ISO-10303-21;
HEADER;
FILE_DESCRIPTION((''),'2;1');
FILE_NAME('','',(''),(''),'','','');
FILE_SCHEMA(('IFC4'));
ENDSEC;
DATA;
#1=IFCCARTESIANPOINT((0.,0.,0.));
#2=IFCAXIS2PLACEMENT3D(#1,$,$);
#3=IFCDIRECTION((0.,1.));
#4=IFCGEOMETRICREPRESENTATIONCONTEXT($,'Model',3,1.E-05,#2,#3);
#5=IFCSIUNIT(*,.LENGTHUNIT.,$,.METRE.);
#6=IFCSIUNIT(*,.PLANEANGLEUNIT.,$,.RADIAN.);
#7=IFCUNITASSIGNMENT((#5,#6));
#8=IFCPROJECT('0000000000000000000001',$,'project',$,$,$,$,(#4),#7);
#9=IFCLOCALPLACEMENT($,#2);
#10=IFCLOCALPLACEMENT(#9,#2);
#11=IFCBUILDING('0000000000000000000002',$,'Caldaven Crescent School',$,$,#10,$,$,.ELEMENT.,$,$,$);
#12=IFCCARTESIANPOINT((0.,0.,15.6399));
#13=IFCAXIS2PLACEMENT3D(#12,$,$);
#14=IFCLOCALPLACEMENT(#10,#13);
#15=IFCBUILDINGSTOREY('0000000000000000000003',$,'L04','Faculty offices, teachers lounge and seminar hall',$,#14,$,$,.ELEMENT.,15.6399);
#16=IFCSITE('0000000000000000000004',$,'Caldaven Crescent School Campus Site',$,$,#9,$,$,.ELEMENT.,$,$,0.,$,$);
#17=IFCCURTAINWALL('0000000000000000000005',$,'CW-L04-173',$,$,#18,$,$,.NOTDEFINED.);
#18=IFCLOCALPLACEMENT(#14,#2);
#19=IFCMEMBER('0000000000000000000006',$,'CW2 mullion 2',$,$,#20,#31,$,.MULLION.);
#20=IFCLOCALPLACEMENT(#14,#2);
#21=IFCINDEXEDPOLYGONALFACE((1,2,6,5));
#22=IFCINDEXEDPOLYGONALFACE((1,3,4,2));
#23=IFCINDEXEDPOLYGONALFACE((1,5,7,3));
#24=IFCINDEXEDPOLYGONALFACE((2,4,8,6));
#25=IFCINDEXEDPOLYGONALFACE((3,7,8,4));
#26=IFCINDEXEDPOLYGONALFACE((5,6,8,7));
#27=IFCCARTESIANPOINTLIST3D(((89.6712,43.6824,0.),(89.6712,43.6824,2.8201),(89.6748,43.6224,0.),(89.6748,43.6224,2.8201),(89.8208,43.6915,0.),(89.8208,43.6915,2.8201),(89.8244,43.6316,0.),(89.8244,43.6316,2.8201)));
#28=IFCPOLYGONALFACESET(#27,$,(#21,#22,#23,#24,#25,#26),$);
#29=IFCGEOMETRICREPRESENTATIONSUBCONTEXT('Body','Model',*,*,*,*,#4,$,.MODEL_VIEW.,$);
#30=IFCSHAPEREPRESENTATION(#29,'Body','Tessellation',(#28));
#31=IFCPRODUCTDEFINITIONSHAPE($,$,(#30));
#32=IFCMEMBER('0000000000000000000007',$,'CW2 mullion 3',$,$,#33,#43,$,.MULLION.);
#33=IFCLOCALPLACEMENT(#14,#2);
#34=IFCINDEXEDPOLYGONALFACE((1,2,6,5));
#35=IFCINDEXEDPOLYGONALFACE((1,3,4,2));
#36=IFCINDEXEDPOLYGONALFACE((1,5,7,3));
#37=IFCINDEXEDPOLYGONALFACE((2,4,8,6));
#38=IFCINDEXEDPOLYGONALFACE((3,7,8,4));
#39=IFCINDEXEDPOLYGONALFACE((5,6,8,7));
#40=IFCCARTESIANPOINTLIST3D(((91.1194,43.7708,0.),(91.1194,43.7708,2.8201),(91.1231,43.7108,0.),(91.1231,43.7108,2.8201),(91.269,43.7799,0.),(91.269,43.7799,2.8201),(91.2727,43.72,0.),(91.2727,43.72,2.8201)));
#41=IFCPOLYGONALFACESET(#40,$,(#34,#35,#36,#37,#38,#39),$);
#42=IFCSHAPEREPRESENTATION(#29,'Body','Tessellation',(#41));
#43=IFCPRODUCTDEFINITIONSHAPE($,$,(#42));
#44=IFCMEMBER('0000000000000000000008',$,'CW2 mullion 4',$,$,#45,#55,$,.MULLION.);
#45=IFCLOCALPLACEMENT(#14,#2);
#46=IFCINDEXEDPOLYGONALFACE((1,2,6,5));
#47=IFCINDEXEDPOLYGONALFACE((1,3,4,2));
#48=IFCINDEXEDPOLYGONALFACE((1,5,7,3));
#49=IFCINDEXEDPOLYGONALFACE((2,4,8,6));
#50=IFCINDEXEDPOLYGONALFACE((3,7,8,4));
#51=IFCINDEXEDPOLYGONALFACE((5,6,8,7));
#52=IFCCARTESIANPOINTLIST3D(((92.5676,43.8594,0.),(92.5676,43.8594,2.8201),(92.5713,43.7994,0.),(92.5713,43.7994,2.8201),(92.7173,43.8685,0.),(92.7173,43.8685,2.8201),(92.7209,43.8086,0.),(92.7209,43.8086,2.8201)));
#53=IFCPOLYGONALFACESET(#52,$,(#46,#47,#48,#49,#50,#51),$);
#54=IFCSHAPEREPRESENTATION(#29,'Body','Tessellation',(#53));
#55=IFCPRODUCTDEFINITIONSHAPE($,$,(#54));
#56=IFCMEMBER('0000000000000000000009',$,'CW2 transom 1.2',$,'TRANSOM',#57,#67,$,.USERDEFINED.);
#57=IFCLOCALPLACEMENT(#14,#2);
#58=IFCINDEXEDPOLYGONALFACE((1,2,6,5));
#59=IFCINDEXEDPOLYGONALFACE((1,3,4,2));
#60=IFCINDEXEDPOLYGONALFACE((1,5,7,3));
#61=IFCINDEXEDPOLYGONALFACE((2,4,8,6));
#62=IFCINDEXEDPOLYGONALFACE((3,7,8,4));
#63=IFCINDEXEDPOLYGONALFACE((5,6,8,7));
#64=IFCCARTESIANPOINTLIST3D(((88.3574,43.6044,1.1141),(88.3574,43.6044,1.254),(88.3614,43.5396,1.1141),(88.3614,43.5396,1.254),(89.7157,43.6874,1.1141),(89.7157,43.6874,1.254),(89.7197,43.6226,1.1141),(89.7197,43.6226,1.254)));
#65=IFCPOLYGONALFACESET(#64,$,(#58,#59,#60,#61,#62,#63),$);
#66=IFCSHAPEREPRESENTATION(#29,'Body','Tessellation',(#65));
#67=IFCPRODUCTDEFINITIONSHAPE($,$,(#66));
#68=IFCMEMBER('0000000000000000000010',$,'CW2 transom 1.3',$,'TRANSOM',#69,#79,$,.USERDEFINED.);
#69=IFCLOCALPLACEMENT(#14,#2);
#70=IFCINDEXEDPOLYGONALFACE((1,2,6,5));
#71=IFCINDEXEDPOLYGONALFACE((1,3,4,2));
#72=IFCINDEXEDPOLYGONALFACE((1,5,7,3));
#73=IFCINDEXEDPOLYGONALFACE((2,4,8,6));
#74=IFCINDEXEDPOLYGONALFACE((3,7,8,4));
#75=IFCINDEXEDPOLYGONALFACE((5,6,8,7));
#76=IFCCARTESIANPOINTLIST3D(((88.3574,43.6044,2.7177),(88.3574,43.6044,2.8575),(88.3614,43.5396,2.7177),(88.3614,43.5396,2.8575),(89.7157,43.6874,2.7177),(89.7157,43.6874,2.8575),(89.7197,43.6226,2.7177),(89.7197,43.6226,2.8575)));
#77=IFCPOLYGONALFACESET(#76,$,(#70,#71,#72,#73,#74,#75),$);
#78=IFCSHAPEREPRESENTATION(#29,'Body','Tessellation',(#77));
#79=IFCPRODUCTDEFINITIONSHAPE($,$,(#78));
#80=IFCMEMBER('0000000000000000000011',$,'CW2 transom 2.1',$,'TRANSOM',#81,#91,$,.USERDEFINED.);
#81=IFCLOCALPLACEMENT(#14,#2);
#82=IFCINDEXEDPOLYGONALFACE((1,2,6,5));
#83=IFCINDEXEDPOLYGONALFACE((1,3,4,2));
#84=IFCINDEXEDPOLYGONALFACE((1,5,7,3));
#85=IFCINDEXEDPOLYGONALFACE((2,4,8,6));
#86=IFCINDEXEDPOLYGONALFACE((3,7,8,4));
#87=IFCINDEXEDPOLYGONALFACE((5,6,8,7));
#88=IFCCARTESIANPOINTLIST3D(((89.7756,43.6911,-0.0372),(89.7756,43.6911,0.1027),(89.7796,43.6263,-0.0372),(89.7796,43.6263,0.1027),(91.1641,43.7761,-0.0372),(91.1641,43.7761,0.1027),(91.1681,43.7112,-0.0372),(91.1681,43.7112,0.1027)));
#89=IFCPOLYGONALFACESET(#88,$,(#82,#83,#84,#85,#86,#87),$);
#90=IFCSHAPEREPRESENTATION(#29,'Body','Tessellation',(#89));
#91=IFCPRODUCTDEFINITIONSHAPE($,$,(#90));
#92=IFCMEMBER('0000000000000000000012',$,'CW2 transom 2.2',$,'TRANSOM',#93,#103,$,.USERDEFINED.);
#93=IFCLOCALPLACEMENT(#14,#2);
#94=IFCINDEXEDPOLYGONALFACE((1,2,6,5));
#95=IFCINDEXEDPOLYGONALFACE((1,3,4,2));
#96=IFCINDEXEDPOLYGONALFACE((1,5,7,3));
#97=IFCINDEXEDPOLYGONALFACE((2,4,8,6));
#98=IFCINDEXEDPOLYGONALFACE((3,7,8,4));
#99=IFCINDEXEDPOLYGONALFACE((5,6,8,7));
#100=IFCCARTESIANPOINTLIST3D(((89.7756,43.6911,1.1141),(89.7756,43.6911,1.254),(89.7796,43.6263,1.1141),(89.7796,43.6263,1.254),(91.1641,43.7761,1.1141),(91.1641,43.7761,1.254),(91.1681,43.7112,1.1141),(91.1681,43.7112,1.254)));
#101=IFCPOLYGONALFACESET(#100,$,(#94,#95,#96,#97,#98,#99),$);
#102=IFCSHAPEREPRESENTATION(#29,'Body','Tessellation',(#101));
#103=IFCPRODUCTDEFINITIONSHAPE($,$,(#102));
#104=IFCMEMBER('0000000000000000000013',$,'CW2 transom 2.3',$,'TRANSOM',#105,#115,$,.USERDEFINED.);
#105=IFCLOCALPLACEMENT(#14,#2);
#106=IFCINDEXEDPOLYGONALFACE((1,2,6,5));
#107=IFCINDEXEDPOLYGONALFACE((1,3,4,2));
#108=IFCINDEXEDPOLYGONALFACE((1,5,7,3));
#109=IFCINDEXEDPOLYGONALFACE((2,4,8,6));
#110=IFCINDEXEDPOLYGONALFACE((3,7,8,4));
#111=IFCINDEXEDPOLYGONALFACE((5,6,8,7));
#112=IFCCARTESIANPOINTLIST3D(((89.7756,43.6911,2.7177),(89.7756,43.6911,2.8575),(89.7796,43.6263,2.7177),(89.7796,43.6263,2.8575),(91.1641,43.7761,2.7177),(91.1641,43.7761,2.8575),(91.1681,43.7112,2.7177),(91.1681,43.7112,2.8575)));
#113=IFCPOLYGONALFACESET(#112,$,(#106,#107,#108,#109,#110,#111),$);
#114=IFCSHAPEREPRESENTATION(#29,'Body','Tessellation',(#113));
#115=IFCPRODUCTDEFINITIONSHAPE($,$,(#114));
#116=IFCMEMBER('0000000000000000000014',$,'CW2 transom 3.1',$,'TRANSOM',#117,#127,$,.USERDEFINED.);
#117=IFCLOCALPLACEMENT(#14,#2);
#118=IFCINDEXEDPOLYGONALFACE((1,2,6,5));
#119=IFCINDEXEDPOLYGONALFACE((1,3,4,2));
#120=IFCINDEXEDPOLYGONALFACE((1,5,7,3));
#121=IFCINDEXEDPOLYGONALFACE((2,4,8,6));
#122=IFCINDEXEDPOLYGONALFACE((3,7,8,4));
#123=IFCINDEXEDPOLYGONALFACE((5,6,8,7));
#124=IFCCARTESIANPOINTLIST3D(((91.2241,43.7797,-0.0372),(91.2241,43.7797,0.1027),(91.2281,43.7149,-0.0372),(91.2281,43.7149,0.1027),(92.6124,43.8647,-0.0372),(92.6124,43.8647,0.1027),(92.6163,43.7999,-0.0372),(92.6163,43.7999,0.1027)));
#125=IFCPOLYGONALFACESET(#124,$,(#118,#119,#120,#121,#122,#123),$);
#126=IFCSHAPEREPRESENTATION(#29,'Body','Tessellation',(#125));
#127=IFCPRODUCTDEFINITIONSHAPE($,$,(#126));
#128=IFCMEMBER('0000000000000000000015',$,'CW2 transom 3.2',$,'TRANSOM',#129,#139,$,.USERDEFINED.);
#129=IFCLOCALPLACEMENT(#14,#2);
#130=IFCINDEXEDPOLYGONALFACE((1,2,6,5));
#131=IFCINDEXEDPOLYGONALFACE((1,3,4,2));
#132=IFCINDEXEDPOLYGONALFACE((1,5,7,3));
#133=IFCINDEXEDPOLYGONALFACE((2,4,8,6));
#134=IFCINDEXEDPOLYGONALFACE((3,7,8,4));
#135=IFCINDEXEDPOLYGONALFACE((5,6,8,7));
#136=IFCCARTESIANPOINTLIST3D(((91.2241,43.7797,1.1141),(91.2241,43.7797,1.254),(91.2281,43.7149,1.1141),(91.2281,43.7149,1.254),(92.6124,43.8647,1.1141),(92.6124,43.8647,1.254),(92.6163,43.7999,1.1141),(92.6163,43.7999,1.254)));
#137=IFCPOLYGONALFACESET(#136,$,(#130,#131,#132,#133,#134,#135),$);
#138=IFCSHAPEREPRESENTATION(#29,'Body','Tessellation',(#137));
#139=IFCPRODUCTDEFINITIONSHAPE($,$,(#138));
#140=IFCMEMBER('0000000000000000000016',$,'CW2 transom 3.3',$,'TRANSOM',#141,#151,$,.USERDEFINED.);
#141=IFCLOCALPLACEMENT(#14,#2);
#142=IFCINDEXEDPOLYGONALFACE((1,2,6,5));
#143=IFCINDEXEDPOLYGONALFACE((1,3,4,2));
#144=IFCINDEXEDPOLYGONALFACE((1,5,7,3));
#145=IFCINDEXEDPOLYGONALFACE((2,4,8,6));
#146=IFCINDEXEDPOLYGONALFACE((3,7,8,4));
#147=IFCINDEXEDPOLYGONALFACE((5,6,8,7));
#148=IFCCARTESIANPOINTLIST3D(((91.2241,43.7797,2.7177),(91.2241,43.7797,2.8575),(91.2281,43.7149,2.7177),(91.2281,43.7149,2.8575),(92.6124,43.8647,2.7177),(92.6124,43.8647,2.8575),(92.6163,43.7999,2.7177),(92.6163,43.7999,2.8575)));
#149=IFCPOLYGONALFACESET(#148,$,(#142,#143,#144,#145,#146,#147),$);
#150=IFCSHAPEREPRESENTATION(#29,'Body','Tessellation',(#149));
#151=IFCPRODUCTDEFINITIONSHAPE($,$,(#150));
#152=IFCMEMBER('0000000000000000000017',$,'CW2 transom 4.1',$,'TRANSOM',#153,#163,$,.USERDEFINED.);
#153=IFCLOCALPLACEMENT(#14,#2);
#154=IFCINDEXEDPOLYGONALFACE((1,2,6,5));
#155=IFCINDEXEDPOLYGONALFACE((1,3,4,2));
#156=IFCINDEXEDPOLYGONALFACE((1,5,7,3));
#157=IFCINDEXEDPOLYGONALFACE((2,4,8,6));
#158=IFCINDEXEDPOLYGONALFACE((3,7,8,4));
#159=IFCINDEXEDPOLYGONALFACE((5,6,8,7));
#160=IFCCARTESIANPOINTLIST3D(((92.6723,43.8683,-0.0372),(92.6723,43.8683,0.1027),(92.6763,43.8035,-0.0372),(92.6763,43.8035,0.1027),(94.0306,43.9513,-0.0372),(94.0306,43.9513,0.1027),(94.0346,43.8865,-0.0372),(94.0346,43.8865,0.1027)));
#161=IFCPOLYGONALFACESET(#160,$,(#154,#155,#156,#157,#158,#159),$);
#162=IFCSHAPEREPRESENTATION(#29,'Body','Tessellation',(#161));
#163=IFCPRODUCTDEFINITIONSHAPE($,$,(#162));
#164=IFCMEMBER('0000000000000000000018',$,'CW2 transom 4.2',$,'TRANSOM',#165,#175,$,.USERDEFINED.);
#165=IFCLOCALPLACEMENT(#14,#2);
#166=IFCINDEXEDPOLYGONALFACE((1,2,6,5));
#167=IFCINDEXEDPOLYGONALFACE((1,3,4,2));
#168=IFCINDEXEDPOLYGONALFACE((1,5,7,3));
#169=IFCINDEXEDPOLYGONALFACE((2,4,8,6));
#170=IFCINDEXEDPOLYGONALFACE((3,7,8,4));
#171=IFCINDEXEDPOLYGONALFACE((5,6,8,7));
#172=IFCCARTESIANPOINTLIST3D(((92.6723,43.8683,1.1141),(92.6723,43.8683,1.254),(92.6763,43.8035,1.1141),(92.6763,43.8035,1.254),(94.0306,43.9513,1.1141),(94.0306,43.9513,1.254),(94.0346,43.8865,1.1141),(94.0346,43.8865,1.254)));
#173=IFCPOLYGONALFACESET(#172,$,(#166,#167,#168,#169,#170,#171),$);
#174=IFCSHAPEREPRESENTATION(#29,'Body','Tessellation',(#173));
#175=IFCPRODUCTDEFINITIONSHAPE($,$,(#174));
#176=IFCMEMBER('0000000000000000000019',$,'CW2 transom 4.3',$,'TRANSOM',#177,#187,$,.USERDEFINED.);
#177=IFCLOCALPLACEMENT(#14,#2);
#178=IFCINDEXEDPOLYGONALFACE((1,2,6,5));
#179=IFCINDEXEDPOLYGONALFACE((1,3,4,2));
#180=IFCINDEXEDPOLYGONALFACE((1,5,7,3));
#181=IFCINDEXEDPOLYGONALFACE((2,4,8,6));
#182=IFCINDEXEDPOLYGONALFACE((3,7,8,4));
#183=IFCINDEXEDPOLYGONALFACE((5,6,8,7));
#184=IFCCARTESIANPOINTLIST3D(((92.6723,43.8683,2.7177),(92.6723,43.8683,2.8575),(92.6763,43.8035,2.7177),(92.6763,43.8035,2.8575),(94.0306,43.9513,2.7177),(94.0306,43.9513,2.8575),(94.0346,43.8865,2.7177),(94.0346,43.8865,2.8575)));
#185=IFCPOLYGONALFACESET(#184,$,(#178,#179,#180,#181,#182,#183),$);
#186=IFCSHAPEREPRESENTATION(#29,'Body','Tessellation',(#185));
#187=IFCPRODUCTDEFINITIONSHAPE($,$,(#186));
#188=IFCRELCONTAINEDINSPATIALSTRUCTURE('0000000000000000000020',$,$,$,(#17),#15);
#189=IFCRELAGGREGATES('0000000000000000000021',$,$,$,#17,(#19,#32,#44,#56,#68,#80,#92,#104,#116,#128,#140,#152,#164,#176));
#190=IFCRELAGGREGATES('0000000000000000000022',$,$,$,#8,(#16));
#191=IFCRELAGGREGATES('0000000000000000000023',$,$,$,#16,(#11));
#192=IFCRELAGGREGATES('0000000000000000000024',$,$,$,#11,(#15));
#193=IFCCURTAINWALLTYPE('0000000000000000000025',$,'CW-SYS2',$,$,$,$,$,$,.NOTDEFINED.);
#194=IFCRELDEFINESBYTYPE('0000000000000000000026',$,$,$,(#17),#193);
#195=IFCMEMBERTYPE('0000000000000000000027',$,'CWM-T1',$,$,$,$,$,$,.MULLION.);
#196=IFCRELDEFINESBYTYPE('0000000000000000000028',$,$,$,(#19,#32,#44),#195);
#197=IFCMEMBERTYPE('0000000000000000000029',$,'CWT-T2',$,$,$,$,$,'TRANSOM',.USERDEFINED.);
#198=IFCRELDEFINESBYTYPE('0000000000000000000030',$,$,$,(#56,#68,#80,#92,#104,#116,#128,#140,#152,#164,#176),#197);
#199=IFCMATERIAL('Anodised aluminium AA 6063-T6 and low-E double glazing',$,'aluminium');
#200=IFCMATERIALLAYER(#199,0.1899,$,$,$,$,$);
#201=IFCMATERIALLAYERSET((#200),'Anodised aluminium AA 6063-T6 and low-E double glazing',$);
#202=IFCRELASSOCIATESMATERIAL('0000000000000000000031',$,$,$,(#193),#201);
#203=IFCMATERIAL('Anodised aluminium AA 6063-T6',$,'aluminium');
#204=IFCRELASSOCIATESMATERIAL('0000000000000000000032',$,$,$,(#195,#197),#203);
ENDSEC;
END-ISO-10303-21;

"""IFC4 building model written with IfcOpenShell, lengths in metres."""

from ifc_helpers import new_model, si_unit, direction, frame, origin, origin_2d, place, context, subcontext, project, spatial, rectangle, extrude, material, layer, layer_set, material_profile, profile_set, type_object, element, aggregate, save


model = new_model("IFC4")

# Units and contexts
model_context = context("Model", 3, precision=1e-05, world=origin(), true_north=direction((0.0, 1.0)))
body_context = subcontext(model_context, "Body", "Model", "MODEL_VIEW")
ifc_project = project(units=[si_unit("LENGTHUNIT", "METRE"), si_unit("PLANEANGLEUNIT", "RADIAN")], contexts=[model_context])

# Site, building, storey
site_placement = place(None, origin())
site = spatial("IfcSite", under=ifc_project, at=site_placement, Name="Caldaven Crescent School Campus Site", CompositionType="ELEMENT", RefElevation=0.0)
building_placement = place(site_placement, origin())
building = spatial("IfcBuilding", under=site, at=building_placement, Name="Caldaven Crescent School", CompositionType="ELEMENT")
storey_placement = place(building_placement, frame((0.0, 0.0, 15.6399)))
storey = spatial("IfcBuildingStorey", under=building, at=storey_placement, Name="L04", Description="Faculty offices, teachers lounge and seminar hall", CompositionType="ELEMENT", Elevation=15.6399)

# Curtain wall, members
ifc_material_1 = material(Name="Anodised aluminium AA 6063-T6 and low-E double glazing", Category="aluminium")
ifc_layer_1 = layer(ifc_material_1, 0.1899)
ifc_layer_set_1 = layer_set([ifc_layer_1], Name="Anodised aluminium AA 6063-T6 and low-E double glazing")
curtain_wall_type = type_object("IfcCurtainWallType", Name="CW-SYS2", PredefinedType="NOTDEFINED", material=ifc_layer_set_1)
curtain_wall_placement = place(storey_placement, origin())
curtain_wall = element("IfcCurtainWall", 1, at=curtain_wall_placement, inside=storey, type_object=curtain_wall_type, Name="CW-L04-173", PredefinedType="NOTDEFINED")
ifc_material_2 = material(Name="Anodised aluminium AA 6063-T6", Category="aluminium")
ifc_material_profile_1 = material_profile(ifc_material_2, rectangle(XDim=0.0601, YDim=0.1499, at=origin_2d()), Name="CWM 60x150")
ifc_profile_set_1 = profile_set([ifc_material_profile_1], Name="Anodised aluminium AA 6063-T6")
member_type_1 = type_object("IfcMemberType", Name="CWM-T1", PredefinedType="MULLION", material=ifc_profile_set_1)
member_1_placement = place(storey_placement, frame((89.7478, 43.657, 0.0), z_axis=(0.0, 0.0, 1.0), x_axis=(-0.061049, 0.998135, 0.0)))
member_1 = element("IfcMember", 2, at=member_1_placement, type_object=member_type_1, Name="CW2 mullion 2", PredefinedType="MULLION", context=body_context, shape_type="SweptSolid", body=[
    extrude(rectangle(XDim=0.0601, YDim=0.1499, at=origin_2d()), origin(), (0.0, 0.0, 1.0), 2.8201),
])
member_2_placement = place(storey_placement, frame((91.196, 43.7454, 0.0), z_axis=(0.0, 0.0, 1.0), x_axis=(-0.061049, 0.998135, 0.0)))
member_2 = element("IfcMember", 3, at=member_2_placement, type_object=member_type_1, Name="CW2 mullion 3", PredefinedType="MULLION", context=body_context, shape_type="SweptSolid", body=[
    extrude(rectangle(XDim=0.0601, YDim=0.1499, at=origin_2d()), origin(), (0.0, 0.0, 1.0), 2.8201),
])
member_3_placement = place(storey_placement, frame((92.6443, 43.834, 0.0), z_axis=(0.0, 0.0, 1.0), x_axis=(-0.061049, 0.998135, 0.0)))
member_3 = element("IfcMember", 4, at=member_3_placement, type_object=member_type_1, Name="CW2 mullion 4", PredefinedType="MULLION", context=body_context, shape_type="SweptSolid", body=[
    extrude(rectangle(XDim=0.0601, YDim=0.1499, at=origin_2d()), origin(), (0.0, 0.0, 1.0), 2.8201),
])
ifc_material_profile_2 = material_profile(ifc_material_2, rectangle(XDim=0.0649, YDim=0.1399, at=origin_2d()), Name="CWT 65x140")
ifc_profile_set_2 = profile_set([ifc_material_profile_2], Name="Anodised aluminium AA 6063-T6")
member_type_2 = type_object("IfcMemberType", Name="CWT-T2", ElementType="TRANSOM", PredefinedType="USERDEFINED", material=ifc_profile_set_2)
member_4_placement = place(storey_placement, frame((88.3594, 43.572, 1.1841), z_axis=(0.998138, 0.060993, 0.0), x_axis=(-0.060993, 0.998138, 0.0)))
member_4 = element("IfcMember", 5, at=member_4_placement, type_object=member_type_2, Name="CW2 transom 1.2", ObjectType="TRANSOM", PredefinedType="USERDEFINED", context=body_context, shape_type="SweptSolid", body=[
    extrude(rectangle(XDim=0.0649, YDim=0.1399, at=origin_2d()), origin(), (0.0, 0.0, 1.0), 1.3608),
])
member_5_placement = place(storey_placement, frame((88.3594, 43.572, 2.7876), z_axis=(0.998138, 0.060993, 0.0), x_axis=(-0.060993, 0.998138, 0.0)))
member_5 = element("IfcMember", 6, at=member_5_placement, type_object=member_type_2, Name="CW2 transom 1.3", ObjectType="TRANSOM", PredefinedType="USERDEFINED", context=body_context, shape_type="SweptSolid", body=[
    extrude(rectangle(XDim=0.0649, YDim=0.1399, at=origin_2d()), origin(), (0.0, 0.0, 1.0), 1.3608),
])
member_6_placement = place(storey_placement, frame((89.7776, 43.6587, 0.0327), z_axis=(0.998133, 0.061078, 0.0), x_axis=(-0.061078, 0.998133, 0.0)))
member_6 = element("IfcMember", 7, at=member_6_placement, type_object=member_type_2, Name="CW2 transom 2.1", ObjectType="TRANSOM", PredefinedType="USERDEFINED", context=body_context, shape_type="SweptSolid", body=[
    extrude(rectangle(XDim=0.0649, YDim=0.1399, at=origin_2d()), origin(), (0.0, 0.0, 1.0), 1.3911),
])
member_7_placement = place(storey_placement, frame((89.7776, 43.6587, 1.1841), z_axis=(0.998133, 0.061078, 0.0), x_axis=(-0.061078, 0.998133, 0.0)))
member_7 = element("IfcMember", 8, at=member_7_placement, type_object=member_type_2, Name="CW2 transom 2.2", ObjectType="TRANSOM", PredefinedType="USERDEFINED", context=body_context, shape_type="SweptSolid", body=[
    extrude(rectangle(XDim=0.0649, YDim=0.1399, at=origin_2d()), origin(), (0.0, 0.0, 1.0), 1.3911),
])
member_8_placement = place(storey_placement, frame((89.7776, 43.6587, 2.7876), z_axis=(0.998133, 0.061078, 0.0), x_axis=(-0.061078, 0.998133, 0.0)))
member_8 = element("IfcMember", 9, at=member_8_placement, type_object=member_type_2, Name="CW2 transom 2.3", ObjectType="TRANSOM", PredefinedType="USERDEFINED", context=body_context, shape_type="SweptSolid", body=[
    extrude(rectangle(XDim=0.0649, YDim=0.1399, at=origin_2d()), origin(), (0.0, 0.0, 1.0), 1.3911),
])
member_9_placement = place(storey_placement, frame((91.2261, 43.7473, 0.0327), z_axis=(0.998132, 0.061089, 0.0), x_axis=(-0.061089, 0.998132, 0.0)))
member_9 = element("IfcMember", 10, at=member_9_placement, type_object=member_type_2, Name="CW2 transom 3.1", ObjectType="TRANSOM", PredefinedType="USERDEFINED", context=body_context, shape_type="SweptSolid", body=[
    extrude(rectangle(XDim=0.0649, YDim=0.1399, at=origin_2d()), origin(), (0.0, 0.0, 1.0), 1.3909),
])
member_10_placement = place(storey_placement, frame((91.2261, 43.7473, 1.1841), z_axis=(0.998132, 0.061089, 0.0), x_axis=(-0.061089, 0.998132, 0.0)))
member_10 = element("IfcMember", 11, at=member_10_placement, type_object=member_type_2, Name="CW2 transom 3.2", ObjectType="TRANSOM", PredefinedType="USERDEFINED", context=body_context, shape_type="SweptSolid", body=[
    extrude(rectangle(XDim=0.0649, YDim=0.1399, at=origin_2d()), origin(), (0.0, 0.0, 1.0), 1.3909),
])
member_11_placement = place(storey_placement, frame((91.2261, 43.7473, 2.7876), z_axis=(0.998132, 0.061089, 0.0), x_axis=(-0.061089, 0.998132, 0.0)))
member_11 = element("IfcMember", 12, at=member_11_placement, type_object=member_type_2, Name="CW2 transom 3.3", ObjectType="TRANSOM", PredefinedType="USERDEFINED", context=body_context, shape_type="SweptSolid", body=[
    extrude(rectangle(XDim=0.0649, YDim=0.1399, at=origin_2d()), origin(), (0.0, 0.0, 1.0), 1.3909),
])
member_12_placement = place(storey_placement, frame((92.6743, 43.8359, 0.0327), z_axis=(0.998138, 0.060993, 0.0), x_axis=(-0.060993, 0.998138, 0.0)))
member_12 = element("IfcMember", 13, at=member_12_placement, type_object=member_type_2, Name="CW2 transom 4.1", ObjectType="TRANSOM", PredefinedType="USERDEFINED", context=body_context, shape_type="SweptSolid", body=[
    extrude(rectangle(XDim=0.0649, YDim=0.1399, at=origin_2d()), origin(), (0.0, 0.0, 1.0), 1.3608),
])
member_13_placement = place(storey_placement, frame((92.6743, 43.8359, 1.1841), z_axis=(0.998138, 0.060993, 0.0), x_axis=(-0.060993, 0.998138, 0.0)))
member_13 = element("IfcMember", 14, at=member_13_placement, type_object=member_type_2, Name="CW2 transom 4.2", ObjectType="TRANSOM", PredefinedType="USERDEFINED", context=body_context, shape_type="SweptSolid", body=[
    extrude(rectangle(XDim=0.0649, YDim=0.1399, at=origin_2d()), origin(), (0.0, 0.0, 1.0), 1.3608),
])
member_14_placement = place(storey_placement, frame((92.6743, 43.8359, 2.7876), z_axis=(0.998138, 0.060993, 0.0), x_axis=(-0.060993, 0.998138, 0.0)))
member_14 = element("IfcMember", 15, at=member_14_placement, type_object=member_type_2, Name="CW2 transom 4.3", ObjectType="TRANSOM", PredefinedType="USERDEFINED", context=body_context, shape_type="SweptSolid", body=[
    extrude(rectangle(XDim=0.0649, YDim=0.1399, at=origin_2d()), origin(), (0.0, 0.0, 1.0), 1.3608),
])

aggregate(curtain_wall, [member_1, member_2, member_3, member_4, member_5, member_6, member_7, member_8, member_9, member_10, member_11, member_12, member_13, member_14])

save(model, "model.ifc")
